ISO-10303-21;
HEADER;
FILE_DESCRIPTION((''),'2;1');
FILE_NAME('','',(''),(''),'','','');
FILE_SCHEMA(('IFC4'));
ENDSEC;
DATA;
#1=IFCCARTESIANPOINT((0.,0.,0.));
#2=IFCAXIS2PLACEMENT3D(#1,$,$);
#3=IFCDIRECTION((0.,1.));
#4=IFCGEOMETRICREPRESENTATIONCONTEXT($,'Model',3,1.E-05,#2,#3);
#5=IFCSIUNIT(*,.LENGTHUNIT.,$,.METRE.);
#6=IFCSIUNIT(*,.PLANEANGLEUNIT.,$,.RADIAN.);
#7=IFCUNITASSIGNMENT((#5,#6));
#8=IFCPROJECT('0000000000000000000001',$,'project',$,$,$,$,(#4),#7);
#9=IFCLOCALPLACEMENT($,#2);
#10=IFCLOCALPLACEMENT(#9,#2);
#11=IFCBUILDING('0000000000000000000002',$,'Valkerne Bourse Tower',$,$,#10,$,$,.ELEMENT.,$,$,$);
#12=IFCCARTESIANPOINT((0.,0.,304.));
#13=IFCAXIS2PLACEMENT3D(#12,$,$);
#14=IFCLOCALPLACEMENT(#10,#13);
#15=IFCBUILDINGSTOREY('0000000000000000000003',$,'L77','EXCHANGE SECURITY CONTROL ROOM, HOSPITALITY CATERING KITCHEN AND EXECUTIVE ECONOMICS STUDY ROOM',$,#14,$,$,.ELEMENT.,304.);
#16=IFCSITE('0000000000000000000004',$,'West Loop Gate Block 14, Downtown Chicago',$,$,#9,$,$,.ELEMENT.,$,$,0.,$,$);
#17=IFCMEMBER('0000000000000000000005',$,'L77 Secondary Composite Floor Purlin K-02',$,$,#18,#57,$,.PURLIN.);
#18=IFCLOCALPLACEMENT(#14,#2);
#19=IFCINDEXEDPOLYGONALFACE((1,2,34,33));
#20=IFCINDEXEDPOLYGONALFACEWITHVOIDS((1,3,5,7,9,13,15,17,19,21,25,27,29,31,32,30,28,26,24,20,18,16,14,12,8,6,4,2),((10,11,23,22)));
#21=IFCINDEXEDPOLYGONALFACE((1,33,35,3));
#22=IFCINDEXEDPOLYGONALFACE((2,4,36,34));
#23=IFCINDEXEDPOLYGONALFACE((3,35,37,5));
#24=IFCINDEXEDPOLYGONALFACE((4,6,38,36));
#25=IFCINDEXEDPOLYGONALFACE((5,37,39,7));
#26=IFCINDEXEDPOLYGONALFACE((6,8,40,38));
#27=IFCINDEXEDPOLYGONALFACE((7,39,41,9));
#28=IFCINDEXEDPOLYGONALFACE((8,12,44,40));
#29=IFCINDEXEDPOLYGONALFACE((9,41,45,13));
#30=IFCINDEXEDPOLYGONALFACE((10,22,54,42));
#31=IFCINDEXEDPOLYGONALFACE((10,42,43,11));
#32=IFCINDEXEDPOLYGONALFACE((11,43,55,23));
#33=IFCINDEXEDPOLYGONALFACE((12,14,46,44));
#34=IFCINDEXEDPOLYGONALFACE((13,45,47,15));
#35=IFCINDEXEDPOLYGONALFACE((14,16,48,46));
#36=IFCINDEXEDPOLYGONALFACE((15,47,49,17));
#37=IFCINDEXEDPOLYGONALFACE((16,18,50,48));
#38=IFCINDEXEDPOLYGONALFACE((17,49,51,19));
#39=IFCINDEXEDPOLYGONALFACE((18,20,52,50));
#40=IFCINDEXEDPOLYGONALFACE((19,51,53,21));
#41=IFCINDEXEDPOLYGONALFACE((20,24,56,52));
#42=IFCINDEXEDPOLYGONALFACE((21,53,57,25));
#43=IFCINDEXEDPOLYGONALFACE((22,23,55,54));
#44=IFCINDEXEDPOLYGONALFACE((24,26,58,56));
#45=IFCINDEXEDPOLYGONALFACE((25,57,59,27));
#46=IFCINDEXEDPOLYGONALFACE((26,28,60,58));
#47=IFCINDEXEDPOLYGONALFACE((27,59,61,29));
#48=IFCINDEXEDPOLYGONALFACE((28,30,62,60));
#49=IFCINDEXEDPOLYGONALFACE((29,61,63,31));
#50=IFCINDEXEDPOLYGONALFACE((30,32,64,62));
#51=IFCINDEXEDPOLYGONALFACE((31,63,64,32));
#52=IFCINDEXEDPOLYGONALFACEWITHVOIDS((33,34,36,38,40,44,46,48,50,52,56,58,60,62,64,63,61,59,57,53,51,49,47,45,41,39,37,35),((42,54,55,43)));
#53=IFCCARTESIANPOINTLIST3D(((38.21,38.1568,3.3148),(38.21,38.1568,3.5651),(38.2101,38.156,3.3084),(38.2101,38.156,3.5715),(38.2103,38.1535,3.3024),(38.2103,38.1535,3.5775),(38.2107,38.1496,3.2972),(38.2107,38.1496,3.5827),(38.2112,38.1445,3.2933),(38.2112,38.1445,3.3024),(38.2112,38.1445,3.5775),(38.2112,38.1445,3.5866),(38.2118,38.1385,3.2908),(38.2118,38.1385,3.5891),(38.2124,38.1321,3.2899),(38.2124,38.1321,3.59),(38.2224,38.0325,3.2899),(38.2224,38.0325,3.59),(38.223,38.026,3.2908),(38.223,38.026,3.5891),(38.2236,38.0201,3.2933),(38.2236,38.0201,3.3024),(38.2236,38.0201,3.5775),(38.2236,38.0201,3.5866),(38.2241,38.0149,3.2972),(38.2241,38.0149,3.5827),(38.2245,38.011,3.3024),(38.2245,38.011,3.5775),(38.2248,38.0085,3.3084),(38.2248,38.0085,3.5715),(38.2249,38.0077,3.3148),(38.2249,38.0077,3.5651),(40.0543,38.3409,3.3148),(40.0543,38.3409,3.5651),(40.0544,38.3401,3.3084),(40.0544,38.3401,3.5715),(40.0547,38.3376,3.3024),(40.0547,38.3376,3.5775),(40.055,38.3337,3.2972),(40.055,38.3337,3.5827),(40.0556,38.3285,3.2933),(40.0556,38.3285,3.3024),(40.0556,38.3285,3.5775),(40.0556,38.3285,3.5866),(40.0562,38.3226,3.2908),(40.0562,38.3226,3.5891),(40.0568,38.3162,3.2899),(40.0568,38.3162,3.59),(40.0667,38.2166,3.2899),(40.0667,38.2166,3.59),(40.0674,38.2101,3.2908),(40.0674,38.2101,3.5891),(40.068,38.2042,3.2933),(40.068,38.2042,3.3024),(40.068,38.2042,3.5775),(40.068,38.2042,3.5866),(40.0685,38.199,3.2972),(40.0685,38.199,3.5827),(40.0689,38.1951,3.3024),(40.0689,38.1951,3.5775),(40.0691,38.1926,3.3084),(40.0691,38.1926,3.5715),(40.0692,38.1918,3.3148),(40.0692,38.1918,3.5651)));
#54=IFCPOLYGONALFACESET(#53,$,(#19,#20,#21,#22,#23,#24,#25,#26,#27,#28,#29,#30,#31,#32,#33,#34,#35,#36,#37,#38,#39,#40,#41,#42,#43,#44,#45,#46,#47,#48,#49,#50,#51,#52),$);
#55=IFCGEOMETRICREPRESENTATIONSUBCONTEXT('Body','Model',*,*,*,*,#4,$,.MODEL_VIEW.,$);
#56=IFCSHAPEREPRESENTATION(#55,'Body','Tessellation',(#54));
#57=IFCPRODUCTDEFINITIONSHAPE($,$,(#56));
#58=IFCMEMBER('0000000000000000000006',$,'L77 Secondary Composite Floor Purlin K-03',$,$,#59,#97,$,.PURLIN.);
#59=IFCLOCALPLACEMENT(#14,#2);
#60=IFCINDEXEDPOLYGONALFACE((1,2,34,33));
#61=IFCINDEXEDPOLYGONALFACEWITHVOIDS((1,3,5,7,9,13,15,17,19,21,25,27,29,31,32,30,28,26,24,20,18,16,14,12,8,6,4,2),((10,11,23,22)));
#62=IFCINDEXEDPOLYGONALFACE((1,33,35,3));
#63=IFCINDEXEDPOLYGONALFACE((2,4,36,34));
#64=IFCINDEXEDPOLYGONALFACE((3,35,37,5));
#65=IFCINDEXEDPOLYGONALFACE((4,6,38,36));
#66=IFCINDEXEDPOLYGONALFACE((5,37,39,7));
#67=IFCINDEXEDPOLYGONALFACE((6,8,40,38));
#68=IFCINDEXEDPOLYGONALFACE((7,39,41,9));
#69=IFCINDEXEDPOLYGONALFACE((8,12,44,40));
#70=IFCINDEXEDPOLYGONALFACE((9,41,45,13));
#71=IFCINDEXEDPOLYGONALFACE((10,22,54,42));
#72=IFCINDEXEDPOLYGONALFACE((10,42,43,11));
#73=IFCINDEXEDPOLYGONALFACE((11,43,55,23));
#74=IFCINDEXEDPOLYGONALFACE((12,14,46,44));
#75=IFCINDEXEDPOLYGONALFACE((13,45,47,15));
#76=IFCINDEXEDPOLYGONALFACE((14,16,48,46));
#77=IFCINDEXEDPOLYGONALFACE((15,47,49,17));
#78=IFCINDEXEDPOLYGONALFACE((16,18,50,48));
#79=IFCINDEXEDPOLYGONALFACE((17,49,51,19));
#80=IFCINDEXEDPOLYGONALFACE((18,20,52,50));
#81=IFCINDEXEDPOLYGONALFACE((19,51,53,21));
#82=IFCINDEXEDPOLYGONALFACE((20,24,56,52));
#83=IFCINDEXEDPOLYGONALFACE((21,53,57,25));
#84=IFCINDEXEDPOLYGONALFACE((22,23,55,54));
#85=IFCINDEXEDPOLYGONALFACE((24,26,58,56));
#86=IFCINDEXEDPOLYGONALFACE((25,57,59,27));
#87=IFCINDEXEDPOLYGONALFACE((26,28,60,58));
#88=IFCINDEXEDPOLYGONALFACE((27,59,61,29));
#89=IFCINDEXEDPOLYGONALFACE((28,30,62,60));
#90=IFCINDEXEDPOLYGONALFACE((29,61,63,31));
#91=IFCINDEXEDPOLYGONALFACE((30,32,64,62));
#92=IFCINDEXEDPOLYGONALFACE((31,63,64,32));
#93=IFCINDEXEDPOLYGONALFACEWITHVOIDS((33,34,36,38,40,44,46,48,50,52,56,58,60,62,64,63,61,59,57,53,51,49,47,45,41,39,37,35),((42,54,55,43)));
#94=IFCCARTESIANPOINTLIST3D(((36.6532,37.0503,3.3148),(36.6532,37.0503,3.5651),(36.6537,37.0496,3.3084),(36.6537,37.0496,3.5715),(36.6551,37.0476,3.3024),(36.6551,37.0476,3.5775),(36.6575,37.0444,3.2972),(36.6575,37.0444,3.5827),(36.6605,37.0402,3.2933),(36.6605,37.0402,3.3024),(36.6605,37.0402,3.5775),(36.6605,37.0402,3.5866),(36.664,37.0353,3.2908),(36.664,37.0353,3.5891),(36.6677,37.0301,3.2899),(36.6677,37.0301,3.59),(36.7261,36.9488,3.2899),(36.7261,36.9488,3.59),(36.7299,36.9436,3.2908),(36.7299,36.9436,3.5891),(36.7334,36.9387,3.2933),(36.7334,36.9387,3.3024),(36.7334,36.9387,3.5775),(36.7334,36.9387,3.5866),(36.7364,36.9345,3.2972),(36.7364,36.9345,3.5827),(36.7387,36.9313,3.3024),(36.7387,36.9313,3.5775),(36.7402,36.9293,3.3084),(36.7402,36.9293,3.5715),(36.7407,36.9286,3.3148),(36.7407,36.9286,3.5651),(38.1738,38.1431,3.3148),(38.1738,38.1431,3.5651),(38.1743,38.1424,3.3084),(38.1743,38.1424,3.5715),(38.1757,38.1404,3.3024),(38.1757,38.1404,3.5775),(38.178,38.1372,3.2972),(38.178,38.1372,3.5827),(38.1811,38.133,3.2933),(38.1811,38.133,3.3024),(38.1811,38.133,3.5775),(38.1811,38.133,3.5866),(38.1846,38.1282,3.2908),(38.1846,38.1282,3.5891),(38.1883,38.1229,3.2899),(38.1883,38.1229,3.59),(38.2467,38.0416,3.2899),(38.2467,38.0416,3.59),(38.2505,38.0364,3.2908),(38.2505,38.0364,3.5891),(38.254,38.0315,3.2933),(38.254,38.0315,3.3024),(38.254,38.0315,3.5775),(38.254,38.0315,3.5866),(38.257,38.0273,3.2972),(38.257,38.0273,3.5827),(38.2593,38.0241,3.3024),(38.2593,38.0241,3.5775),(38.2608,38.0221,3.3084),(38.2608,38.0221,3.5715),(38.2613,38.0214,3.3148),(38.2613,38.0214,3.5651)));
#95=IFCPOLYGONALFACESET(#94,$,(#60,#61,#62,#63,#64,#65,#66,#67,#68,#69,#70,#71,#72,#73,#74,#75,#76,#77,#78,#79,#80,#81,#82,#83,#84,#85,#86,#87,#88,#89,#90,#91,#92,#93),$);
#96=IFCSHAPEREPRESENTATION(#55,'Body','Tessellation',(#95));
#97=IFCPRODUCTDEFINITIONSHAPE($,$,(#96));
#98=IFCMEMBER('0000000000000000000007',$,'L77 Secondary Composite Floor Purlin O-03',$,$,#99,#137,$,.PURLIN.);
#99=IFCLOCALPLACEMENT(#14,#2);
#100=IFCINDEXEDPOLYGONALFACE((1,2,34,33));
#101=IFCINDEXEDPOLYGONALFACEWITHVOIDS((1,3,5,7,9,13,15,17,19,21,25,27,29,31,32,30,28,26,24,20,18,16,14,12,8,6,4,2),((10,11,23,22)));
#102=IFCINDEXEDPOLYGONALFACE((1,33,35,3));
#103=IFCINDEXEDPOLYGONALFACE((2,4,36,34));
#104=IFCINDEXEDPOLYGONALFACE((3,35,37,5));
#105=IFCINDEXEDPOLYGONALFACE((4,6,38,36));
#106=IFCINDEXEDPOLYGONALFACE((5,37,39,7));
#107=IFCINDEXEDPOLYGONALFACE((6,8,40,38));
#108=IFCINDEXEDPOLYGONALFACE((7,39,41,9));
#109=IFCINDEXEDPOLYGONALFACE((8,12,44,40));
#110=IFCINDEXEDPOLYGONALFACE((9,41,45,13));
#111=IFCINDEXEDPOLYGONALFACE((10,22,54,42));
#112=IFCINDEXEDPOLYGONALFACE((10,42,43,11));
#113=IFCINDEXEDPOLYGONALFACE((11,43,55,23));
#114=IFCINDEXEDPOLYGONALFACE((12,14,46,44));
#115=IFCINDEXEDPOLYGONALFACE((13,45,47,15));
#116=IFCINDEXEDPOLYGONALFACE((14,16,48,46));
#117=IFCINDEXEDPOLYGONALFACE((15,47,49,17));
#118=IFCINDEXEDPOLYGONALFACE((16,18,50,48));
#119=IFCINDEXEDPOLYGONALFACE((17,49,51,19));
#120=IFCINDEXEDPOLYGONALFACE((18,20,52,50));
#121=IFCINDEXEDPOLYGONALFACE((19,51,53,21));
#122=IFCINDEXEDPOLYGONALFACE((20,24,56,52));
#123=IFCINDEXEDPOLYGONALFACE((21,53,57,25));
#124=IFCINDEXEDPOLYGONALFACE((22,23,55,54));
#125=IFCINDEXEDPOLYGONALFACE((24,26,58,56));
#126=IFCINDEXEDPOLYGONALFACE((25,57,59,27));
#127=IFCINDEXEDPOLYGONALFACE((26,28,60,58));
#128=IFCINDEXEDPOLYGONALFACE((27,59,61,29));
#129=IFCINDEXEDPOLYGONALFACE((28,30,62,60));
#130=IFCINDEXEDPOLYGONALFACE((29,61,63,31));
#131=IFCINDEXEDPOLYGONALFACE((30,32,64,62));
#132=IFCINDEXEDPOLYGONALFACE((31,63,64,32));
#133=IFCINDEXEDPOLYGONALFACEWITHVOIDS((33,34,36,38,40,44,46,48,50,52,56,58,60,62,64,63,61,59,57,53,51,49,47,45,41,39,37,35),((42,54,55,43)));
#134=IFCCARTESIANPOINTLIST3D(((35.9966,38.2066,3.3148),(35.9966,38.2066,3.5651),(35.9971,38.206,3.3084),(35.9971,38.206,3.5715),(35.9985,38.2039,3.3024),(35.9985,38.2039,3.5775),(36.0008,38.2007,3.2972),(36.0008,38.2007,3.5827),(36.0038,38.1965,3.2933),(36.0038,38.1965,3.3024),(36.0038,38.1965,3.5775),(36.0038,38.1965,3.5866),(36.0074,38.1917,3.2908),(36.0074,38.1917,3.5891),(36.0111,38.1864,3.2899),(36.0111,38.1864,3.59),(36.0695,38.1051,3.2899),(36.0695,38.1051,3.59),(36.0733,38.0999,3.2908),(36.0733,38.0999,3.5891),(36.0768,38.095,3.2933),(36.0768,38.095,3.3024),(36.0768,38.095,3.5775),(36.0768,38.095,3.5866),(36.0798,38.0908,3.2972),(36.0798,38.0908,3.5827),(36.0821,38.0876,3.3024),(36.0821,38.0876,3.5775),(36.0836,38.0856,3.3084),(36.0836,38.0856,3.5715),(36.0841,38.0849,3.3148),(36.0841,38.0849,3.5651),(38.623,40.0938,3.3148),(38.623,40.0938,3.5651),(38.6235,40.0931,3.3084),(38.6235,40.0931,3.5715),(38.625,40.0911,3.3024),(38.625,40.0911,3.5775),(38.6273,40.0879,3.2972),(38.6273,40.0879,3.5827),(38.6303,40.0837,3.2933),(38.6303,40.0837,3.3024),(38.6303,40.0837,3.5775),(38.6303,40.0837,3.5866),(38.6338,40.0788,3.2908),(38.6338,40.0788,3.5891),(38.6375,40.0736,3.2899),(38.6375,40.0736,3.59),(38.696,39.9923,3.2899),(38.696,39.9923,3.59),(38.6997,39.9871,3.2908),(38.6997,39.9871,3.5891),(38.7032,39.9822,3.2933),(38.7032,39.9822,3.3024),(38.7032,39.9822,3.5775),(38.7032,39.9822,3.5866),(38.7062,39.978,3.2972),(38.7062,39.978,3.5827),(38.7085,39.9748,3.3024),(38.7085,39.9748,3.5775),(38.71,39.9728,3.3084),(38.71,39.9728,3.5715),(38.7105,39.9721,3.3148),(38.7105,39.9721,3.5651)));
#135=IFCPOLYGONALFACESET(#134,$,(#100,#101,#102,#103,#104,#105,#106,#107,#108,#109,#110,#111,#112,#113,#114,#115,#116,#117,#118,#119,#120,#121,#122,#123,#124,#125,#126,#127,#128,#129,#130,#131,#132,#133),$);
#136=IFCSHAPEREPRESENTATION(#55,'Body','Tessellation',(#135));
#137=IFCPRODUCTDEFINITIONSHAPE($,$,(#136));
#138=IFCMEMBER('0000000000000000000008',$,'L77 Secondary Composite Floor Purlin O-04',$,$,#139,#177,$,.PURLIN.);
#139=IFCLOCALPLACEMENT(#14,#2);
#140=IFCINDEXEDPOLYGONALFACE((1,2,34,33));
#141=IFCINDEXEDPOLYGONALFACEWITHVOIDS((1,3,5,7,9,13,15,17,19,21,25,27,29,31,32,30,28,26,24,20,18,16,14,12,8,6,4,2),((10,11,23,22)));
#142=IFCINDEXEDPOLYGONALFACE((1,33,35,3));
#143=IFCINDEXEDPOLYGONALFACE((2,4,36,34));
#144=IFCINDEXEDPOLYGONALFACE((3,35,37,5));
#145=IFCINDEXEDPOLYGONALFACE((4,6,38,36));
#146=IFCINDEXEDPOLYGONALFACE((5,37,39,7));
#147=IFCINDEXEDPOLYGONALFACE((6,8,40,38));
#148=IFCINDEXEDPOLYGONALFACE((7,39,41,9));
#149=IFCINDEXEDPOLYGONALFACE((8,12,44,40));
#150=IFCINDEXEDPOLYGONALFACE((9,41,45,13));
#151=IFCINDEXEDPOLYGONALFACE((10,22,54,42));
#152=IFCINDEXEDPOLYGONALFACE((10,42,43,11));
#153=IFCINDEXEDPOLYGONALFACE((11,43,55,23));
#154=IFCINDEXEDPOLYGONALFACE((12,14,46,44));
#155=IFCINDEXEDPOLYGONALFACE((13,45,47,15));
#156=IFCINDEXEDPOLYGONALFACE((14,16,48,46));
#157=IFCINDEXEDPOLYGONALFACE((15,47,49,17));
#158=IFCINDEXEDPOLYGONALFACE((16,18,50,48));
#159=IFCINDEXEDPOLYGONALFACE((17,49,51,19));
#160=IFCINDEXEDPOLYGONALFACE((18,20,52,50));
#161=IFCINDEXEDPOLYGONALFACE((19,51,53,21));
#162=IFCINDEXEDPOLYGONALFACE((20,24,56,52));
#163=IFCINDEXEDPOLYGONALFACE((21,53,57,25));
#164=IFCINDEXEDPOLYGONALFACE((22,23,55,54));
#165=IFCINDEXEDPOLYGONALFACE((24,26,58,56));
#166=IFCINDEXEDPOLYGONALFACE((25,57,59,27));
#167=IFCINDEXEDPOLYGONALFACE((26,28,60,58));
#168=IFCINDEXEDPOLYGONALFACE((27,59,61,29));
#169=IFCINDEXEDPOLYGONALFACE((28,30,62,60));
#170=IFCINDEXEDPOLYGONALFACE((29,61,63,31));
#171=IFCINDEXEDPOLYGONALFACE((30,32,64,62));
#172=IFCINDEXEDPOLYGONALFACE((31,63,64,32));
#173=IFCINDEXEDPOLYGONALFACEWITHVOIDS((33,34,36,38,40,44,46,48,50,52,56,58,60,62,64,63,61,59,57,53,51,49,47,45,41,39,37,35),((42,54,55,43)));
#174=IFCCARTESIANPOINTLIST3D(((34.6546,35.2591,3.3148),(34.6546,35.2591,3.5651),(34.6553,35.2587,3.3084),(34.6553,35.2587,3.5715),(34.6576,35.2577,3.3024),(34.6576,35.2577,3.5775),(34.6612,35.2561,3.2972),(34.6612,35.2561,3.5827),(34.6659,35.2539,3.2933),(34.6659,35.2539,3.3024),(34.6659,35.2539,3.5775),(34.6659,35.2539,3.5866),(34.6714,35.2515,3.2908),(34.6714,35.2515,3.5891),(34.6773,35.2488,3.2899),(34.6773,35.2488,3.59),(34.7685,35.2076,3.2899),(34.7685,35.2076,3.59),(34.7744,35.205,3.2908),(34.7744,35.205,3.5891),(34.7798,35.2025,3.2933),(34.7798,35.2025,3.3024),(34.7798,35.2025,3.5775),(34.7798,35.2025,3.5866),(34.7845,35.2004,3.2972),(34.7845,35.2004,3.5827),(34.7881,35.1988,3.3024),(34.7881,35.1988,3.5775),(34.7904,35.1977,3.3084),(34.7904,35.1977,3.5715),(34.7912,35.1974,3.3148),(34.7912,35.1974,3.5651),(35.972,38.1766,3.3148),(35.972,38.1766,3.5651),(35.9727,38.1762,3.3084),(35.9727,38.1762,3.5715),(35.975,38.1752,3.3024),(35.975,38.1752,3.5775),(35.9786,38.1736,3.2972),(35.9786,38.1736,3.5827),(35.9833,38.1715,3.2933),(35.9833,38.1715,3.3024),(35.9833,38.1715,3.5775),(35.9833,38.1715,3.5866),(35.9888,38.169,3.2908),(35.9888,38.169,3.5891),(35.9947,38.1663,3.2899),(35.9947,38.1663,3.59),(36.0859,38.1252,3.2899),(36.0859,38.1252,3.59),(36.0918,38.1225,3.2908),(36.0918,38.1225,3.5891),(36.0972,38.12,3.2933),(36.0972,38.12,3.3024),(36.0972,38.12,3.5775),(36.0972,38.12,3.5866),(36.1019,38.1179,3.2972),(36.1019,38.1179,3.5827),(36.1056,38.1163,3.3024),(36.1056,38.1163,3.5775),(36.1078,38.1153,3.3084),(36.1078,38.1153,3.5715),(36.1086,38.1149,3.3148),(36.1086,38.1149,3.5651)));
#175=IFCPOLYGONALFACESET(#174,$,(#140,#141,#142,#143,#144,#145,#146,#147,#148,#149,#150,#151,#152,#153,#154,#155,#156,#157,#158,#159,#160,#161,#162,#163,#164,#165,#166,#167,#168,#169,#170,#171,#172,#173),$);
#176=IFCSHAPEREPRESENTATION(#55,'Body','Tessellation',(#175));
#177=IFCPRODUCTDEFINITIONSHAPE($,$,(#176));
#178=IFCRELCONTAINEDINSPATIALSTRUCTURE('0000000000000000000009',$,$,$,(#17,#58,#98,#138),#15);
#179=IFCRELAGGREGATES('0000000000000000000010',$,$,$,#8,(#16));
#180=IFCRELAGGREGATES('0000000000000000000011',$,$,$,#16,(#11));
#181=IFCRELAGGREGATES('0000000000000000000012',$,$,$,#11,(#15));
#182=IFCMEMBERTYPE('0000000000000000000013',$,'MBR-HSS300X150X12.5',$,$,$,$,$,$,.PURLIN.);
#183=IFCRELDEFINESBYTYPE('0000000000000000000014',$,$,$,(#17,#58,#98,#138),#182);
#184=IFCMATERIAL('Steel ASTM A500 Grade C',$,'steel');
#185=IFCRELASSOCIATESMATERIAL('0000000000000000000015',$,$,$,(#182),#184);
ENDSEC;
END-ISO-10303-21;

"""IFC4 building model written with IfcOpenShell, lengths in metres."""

from ifc_helpers import new_model, si_unit, direction, frame, origin, origin_2d, place, context, subcontext, project, spatial, hollow_rectangle, extrude, material, material_profile, profile_set, type_object, element, save


model = new_model("IFC4")

# Units and contexts
model_context = context("Model", 3, precision=1e-05, world=origin(), true_north=direction((0.0, 1.0)))
body_context = subcontext(model_context, "Body", "Model", "MODEL_VIEW")
ifc_project = project(units=[si_unit("LENGTHUNIT", "METRE"), si_unit("PLANEANGLEUNIT", "RADIAN")], contexts=[model_context])

# Site, building, storey
site_placement = place(None, origin())
site = spatial("IfcSite", under=ifc_project, at=site_placement, Name="West Loop Gate Block 14, Downtown Chicago", CompositionType="ELEMENT", RefElevation=0.0)
building_placement = place(site_placement, origin())
building = spatial("IfcBuilding", under=site, at=building_placement, Name="Valkerne Bourse Tower", CompositionType="ELEMENT")
storey_placement = place(building_placement, frame((0.0, 0.0, 304.0)))
storey = spatial("IfcBuildingStorey", under=building, at=storey_placement, Name="L77", Description="EXCHANGE SECURITY CONTROL ROOM, HOSPITALITY CATERING KITCHEN AND EXECUTIVE ECONOMICS STUDY ROOM", CompositionType="ELEMENT", Elevation=304.0)

# Members
ifc_material_1 = material(Name="Steel ASTM A500 Grade C", Category="steel")
ifc_material_profile_1 = material_profile(ifc_material_1, hollow_rectangle(XDim=0.1499, YDim=0.3, WallThickness=0.0125, OuterFilletRadius=0.0249, at=origin_2d()), Name="HSS300X150X12.5")
ifc_profile_set_1 = profile_set([ifc_material_profile_1], Name="Steel ASTM A500 Grade C")
member_type_1 = type_object("IfcMemberType", Name="MBR-HSS300X150X12.5", PredefinedType="PURLIN", material=ifc_profile_set_1)
member_1_placement = place(storey_placement, frame((40.0618, 38.2664, 3.4399), z_axis=(-0.995055, -0.099321, 0.0), x_axis=(0.099321, -0.995055, 0.0)))
element("IfcMember", 1, at=member_1_placement, inside=storey, type_object=member_type_1, Name="L77 Secondary Composite Floor Purlin K-02", PredefinedType="PURLIN", context=body_context, shape_type="SweptSolid", body=[
    extrude(hollow_rectangle(XDim=0.1499, YDim=0.3, WallThickness=0.0125, OuterFilletRadius=0.0249, at=origin_2d()), origin(), (0.0, 0.0, 1.0), 1.8535),
])
member_2_placement = place(storey_placement, frame((38.2175, 38.0823, 3.4399), z_axis=(-0.812039, -0.583604, 0.0), x_axis=(0.583604, -0.812039, 0.0)))
element("IfcMember", 2, at=member_2_placement, inside=storey, type_object=member_type_1, Name="L77 Secondary Composite Floor Purlin K-03", PredefinedType="PURLIN", context=body_context, shape_type="SweptSolid", body=[
    extrude(hollow_rectangle(XDim=0.1499, YDim=0.3, WallThickness=0.0125, OuterFilletRadius=0.0249, at=origin_2d()), origin(), (0.0, 0.0, 1.0), 1.8726),
])
member_3_placement = place(storey_placement, frame((38.6667, 40.033, 3.4399), z_axis=(-0.812098, -0.583521, 0.0), x_axis=(0.583521, -0.812098, 0.0)))
element("IfcMember", 3, at=member_3_placement, inside=storey, type_object=member_type_1, Name="L77 Secondary Composite Floor Purlin O-03", PredefinedType="PURLIN", context=body_context, shape_type="SweptSolid", body=[
    extrude(hollow_rectangle(XDim=0.1499, YDim=0.3, WallThickness=0.0125, OuterFilletRadius=0.0249, at=origin_2d()), origin(), (0.0, 0.0, 1.0), 3.2341),
])
member_4_placement = place(storey_placement, frame((36.0403, 38.1458, 3.4399), z_axis=(-0.411538, -0.911393, 0.0), x_axis=(0.911393, -0.411538, 0.0)))
element("IfcMember", 4, at=member_4_placement, inside=storey, type_object=member_type_1, Name="L77 Secondary Composite Floor Purlin O-04", PredefinedType="PURLIN", context=body_context, shape_type="SweptSolid", body=[
    extrude(hollow_rectangle(XDim=0.1499, YDim=0.3, WallThickness=0.0125, OuterFilletRadius=0.0249, at=origin_2d()), origin(), (0.0, 0.0, 1.0), 3.2012),
])

save(model, "model.ifc")
